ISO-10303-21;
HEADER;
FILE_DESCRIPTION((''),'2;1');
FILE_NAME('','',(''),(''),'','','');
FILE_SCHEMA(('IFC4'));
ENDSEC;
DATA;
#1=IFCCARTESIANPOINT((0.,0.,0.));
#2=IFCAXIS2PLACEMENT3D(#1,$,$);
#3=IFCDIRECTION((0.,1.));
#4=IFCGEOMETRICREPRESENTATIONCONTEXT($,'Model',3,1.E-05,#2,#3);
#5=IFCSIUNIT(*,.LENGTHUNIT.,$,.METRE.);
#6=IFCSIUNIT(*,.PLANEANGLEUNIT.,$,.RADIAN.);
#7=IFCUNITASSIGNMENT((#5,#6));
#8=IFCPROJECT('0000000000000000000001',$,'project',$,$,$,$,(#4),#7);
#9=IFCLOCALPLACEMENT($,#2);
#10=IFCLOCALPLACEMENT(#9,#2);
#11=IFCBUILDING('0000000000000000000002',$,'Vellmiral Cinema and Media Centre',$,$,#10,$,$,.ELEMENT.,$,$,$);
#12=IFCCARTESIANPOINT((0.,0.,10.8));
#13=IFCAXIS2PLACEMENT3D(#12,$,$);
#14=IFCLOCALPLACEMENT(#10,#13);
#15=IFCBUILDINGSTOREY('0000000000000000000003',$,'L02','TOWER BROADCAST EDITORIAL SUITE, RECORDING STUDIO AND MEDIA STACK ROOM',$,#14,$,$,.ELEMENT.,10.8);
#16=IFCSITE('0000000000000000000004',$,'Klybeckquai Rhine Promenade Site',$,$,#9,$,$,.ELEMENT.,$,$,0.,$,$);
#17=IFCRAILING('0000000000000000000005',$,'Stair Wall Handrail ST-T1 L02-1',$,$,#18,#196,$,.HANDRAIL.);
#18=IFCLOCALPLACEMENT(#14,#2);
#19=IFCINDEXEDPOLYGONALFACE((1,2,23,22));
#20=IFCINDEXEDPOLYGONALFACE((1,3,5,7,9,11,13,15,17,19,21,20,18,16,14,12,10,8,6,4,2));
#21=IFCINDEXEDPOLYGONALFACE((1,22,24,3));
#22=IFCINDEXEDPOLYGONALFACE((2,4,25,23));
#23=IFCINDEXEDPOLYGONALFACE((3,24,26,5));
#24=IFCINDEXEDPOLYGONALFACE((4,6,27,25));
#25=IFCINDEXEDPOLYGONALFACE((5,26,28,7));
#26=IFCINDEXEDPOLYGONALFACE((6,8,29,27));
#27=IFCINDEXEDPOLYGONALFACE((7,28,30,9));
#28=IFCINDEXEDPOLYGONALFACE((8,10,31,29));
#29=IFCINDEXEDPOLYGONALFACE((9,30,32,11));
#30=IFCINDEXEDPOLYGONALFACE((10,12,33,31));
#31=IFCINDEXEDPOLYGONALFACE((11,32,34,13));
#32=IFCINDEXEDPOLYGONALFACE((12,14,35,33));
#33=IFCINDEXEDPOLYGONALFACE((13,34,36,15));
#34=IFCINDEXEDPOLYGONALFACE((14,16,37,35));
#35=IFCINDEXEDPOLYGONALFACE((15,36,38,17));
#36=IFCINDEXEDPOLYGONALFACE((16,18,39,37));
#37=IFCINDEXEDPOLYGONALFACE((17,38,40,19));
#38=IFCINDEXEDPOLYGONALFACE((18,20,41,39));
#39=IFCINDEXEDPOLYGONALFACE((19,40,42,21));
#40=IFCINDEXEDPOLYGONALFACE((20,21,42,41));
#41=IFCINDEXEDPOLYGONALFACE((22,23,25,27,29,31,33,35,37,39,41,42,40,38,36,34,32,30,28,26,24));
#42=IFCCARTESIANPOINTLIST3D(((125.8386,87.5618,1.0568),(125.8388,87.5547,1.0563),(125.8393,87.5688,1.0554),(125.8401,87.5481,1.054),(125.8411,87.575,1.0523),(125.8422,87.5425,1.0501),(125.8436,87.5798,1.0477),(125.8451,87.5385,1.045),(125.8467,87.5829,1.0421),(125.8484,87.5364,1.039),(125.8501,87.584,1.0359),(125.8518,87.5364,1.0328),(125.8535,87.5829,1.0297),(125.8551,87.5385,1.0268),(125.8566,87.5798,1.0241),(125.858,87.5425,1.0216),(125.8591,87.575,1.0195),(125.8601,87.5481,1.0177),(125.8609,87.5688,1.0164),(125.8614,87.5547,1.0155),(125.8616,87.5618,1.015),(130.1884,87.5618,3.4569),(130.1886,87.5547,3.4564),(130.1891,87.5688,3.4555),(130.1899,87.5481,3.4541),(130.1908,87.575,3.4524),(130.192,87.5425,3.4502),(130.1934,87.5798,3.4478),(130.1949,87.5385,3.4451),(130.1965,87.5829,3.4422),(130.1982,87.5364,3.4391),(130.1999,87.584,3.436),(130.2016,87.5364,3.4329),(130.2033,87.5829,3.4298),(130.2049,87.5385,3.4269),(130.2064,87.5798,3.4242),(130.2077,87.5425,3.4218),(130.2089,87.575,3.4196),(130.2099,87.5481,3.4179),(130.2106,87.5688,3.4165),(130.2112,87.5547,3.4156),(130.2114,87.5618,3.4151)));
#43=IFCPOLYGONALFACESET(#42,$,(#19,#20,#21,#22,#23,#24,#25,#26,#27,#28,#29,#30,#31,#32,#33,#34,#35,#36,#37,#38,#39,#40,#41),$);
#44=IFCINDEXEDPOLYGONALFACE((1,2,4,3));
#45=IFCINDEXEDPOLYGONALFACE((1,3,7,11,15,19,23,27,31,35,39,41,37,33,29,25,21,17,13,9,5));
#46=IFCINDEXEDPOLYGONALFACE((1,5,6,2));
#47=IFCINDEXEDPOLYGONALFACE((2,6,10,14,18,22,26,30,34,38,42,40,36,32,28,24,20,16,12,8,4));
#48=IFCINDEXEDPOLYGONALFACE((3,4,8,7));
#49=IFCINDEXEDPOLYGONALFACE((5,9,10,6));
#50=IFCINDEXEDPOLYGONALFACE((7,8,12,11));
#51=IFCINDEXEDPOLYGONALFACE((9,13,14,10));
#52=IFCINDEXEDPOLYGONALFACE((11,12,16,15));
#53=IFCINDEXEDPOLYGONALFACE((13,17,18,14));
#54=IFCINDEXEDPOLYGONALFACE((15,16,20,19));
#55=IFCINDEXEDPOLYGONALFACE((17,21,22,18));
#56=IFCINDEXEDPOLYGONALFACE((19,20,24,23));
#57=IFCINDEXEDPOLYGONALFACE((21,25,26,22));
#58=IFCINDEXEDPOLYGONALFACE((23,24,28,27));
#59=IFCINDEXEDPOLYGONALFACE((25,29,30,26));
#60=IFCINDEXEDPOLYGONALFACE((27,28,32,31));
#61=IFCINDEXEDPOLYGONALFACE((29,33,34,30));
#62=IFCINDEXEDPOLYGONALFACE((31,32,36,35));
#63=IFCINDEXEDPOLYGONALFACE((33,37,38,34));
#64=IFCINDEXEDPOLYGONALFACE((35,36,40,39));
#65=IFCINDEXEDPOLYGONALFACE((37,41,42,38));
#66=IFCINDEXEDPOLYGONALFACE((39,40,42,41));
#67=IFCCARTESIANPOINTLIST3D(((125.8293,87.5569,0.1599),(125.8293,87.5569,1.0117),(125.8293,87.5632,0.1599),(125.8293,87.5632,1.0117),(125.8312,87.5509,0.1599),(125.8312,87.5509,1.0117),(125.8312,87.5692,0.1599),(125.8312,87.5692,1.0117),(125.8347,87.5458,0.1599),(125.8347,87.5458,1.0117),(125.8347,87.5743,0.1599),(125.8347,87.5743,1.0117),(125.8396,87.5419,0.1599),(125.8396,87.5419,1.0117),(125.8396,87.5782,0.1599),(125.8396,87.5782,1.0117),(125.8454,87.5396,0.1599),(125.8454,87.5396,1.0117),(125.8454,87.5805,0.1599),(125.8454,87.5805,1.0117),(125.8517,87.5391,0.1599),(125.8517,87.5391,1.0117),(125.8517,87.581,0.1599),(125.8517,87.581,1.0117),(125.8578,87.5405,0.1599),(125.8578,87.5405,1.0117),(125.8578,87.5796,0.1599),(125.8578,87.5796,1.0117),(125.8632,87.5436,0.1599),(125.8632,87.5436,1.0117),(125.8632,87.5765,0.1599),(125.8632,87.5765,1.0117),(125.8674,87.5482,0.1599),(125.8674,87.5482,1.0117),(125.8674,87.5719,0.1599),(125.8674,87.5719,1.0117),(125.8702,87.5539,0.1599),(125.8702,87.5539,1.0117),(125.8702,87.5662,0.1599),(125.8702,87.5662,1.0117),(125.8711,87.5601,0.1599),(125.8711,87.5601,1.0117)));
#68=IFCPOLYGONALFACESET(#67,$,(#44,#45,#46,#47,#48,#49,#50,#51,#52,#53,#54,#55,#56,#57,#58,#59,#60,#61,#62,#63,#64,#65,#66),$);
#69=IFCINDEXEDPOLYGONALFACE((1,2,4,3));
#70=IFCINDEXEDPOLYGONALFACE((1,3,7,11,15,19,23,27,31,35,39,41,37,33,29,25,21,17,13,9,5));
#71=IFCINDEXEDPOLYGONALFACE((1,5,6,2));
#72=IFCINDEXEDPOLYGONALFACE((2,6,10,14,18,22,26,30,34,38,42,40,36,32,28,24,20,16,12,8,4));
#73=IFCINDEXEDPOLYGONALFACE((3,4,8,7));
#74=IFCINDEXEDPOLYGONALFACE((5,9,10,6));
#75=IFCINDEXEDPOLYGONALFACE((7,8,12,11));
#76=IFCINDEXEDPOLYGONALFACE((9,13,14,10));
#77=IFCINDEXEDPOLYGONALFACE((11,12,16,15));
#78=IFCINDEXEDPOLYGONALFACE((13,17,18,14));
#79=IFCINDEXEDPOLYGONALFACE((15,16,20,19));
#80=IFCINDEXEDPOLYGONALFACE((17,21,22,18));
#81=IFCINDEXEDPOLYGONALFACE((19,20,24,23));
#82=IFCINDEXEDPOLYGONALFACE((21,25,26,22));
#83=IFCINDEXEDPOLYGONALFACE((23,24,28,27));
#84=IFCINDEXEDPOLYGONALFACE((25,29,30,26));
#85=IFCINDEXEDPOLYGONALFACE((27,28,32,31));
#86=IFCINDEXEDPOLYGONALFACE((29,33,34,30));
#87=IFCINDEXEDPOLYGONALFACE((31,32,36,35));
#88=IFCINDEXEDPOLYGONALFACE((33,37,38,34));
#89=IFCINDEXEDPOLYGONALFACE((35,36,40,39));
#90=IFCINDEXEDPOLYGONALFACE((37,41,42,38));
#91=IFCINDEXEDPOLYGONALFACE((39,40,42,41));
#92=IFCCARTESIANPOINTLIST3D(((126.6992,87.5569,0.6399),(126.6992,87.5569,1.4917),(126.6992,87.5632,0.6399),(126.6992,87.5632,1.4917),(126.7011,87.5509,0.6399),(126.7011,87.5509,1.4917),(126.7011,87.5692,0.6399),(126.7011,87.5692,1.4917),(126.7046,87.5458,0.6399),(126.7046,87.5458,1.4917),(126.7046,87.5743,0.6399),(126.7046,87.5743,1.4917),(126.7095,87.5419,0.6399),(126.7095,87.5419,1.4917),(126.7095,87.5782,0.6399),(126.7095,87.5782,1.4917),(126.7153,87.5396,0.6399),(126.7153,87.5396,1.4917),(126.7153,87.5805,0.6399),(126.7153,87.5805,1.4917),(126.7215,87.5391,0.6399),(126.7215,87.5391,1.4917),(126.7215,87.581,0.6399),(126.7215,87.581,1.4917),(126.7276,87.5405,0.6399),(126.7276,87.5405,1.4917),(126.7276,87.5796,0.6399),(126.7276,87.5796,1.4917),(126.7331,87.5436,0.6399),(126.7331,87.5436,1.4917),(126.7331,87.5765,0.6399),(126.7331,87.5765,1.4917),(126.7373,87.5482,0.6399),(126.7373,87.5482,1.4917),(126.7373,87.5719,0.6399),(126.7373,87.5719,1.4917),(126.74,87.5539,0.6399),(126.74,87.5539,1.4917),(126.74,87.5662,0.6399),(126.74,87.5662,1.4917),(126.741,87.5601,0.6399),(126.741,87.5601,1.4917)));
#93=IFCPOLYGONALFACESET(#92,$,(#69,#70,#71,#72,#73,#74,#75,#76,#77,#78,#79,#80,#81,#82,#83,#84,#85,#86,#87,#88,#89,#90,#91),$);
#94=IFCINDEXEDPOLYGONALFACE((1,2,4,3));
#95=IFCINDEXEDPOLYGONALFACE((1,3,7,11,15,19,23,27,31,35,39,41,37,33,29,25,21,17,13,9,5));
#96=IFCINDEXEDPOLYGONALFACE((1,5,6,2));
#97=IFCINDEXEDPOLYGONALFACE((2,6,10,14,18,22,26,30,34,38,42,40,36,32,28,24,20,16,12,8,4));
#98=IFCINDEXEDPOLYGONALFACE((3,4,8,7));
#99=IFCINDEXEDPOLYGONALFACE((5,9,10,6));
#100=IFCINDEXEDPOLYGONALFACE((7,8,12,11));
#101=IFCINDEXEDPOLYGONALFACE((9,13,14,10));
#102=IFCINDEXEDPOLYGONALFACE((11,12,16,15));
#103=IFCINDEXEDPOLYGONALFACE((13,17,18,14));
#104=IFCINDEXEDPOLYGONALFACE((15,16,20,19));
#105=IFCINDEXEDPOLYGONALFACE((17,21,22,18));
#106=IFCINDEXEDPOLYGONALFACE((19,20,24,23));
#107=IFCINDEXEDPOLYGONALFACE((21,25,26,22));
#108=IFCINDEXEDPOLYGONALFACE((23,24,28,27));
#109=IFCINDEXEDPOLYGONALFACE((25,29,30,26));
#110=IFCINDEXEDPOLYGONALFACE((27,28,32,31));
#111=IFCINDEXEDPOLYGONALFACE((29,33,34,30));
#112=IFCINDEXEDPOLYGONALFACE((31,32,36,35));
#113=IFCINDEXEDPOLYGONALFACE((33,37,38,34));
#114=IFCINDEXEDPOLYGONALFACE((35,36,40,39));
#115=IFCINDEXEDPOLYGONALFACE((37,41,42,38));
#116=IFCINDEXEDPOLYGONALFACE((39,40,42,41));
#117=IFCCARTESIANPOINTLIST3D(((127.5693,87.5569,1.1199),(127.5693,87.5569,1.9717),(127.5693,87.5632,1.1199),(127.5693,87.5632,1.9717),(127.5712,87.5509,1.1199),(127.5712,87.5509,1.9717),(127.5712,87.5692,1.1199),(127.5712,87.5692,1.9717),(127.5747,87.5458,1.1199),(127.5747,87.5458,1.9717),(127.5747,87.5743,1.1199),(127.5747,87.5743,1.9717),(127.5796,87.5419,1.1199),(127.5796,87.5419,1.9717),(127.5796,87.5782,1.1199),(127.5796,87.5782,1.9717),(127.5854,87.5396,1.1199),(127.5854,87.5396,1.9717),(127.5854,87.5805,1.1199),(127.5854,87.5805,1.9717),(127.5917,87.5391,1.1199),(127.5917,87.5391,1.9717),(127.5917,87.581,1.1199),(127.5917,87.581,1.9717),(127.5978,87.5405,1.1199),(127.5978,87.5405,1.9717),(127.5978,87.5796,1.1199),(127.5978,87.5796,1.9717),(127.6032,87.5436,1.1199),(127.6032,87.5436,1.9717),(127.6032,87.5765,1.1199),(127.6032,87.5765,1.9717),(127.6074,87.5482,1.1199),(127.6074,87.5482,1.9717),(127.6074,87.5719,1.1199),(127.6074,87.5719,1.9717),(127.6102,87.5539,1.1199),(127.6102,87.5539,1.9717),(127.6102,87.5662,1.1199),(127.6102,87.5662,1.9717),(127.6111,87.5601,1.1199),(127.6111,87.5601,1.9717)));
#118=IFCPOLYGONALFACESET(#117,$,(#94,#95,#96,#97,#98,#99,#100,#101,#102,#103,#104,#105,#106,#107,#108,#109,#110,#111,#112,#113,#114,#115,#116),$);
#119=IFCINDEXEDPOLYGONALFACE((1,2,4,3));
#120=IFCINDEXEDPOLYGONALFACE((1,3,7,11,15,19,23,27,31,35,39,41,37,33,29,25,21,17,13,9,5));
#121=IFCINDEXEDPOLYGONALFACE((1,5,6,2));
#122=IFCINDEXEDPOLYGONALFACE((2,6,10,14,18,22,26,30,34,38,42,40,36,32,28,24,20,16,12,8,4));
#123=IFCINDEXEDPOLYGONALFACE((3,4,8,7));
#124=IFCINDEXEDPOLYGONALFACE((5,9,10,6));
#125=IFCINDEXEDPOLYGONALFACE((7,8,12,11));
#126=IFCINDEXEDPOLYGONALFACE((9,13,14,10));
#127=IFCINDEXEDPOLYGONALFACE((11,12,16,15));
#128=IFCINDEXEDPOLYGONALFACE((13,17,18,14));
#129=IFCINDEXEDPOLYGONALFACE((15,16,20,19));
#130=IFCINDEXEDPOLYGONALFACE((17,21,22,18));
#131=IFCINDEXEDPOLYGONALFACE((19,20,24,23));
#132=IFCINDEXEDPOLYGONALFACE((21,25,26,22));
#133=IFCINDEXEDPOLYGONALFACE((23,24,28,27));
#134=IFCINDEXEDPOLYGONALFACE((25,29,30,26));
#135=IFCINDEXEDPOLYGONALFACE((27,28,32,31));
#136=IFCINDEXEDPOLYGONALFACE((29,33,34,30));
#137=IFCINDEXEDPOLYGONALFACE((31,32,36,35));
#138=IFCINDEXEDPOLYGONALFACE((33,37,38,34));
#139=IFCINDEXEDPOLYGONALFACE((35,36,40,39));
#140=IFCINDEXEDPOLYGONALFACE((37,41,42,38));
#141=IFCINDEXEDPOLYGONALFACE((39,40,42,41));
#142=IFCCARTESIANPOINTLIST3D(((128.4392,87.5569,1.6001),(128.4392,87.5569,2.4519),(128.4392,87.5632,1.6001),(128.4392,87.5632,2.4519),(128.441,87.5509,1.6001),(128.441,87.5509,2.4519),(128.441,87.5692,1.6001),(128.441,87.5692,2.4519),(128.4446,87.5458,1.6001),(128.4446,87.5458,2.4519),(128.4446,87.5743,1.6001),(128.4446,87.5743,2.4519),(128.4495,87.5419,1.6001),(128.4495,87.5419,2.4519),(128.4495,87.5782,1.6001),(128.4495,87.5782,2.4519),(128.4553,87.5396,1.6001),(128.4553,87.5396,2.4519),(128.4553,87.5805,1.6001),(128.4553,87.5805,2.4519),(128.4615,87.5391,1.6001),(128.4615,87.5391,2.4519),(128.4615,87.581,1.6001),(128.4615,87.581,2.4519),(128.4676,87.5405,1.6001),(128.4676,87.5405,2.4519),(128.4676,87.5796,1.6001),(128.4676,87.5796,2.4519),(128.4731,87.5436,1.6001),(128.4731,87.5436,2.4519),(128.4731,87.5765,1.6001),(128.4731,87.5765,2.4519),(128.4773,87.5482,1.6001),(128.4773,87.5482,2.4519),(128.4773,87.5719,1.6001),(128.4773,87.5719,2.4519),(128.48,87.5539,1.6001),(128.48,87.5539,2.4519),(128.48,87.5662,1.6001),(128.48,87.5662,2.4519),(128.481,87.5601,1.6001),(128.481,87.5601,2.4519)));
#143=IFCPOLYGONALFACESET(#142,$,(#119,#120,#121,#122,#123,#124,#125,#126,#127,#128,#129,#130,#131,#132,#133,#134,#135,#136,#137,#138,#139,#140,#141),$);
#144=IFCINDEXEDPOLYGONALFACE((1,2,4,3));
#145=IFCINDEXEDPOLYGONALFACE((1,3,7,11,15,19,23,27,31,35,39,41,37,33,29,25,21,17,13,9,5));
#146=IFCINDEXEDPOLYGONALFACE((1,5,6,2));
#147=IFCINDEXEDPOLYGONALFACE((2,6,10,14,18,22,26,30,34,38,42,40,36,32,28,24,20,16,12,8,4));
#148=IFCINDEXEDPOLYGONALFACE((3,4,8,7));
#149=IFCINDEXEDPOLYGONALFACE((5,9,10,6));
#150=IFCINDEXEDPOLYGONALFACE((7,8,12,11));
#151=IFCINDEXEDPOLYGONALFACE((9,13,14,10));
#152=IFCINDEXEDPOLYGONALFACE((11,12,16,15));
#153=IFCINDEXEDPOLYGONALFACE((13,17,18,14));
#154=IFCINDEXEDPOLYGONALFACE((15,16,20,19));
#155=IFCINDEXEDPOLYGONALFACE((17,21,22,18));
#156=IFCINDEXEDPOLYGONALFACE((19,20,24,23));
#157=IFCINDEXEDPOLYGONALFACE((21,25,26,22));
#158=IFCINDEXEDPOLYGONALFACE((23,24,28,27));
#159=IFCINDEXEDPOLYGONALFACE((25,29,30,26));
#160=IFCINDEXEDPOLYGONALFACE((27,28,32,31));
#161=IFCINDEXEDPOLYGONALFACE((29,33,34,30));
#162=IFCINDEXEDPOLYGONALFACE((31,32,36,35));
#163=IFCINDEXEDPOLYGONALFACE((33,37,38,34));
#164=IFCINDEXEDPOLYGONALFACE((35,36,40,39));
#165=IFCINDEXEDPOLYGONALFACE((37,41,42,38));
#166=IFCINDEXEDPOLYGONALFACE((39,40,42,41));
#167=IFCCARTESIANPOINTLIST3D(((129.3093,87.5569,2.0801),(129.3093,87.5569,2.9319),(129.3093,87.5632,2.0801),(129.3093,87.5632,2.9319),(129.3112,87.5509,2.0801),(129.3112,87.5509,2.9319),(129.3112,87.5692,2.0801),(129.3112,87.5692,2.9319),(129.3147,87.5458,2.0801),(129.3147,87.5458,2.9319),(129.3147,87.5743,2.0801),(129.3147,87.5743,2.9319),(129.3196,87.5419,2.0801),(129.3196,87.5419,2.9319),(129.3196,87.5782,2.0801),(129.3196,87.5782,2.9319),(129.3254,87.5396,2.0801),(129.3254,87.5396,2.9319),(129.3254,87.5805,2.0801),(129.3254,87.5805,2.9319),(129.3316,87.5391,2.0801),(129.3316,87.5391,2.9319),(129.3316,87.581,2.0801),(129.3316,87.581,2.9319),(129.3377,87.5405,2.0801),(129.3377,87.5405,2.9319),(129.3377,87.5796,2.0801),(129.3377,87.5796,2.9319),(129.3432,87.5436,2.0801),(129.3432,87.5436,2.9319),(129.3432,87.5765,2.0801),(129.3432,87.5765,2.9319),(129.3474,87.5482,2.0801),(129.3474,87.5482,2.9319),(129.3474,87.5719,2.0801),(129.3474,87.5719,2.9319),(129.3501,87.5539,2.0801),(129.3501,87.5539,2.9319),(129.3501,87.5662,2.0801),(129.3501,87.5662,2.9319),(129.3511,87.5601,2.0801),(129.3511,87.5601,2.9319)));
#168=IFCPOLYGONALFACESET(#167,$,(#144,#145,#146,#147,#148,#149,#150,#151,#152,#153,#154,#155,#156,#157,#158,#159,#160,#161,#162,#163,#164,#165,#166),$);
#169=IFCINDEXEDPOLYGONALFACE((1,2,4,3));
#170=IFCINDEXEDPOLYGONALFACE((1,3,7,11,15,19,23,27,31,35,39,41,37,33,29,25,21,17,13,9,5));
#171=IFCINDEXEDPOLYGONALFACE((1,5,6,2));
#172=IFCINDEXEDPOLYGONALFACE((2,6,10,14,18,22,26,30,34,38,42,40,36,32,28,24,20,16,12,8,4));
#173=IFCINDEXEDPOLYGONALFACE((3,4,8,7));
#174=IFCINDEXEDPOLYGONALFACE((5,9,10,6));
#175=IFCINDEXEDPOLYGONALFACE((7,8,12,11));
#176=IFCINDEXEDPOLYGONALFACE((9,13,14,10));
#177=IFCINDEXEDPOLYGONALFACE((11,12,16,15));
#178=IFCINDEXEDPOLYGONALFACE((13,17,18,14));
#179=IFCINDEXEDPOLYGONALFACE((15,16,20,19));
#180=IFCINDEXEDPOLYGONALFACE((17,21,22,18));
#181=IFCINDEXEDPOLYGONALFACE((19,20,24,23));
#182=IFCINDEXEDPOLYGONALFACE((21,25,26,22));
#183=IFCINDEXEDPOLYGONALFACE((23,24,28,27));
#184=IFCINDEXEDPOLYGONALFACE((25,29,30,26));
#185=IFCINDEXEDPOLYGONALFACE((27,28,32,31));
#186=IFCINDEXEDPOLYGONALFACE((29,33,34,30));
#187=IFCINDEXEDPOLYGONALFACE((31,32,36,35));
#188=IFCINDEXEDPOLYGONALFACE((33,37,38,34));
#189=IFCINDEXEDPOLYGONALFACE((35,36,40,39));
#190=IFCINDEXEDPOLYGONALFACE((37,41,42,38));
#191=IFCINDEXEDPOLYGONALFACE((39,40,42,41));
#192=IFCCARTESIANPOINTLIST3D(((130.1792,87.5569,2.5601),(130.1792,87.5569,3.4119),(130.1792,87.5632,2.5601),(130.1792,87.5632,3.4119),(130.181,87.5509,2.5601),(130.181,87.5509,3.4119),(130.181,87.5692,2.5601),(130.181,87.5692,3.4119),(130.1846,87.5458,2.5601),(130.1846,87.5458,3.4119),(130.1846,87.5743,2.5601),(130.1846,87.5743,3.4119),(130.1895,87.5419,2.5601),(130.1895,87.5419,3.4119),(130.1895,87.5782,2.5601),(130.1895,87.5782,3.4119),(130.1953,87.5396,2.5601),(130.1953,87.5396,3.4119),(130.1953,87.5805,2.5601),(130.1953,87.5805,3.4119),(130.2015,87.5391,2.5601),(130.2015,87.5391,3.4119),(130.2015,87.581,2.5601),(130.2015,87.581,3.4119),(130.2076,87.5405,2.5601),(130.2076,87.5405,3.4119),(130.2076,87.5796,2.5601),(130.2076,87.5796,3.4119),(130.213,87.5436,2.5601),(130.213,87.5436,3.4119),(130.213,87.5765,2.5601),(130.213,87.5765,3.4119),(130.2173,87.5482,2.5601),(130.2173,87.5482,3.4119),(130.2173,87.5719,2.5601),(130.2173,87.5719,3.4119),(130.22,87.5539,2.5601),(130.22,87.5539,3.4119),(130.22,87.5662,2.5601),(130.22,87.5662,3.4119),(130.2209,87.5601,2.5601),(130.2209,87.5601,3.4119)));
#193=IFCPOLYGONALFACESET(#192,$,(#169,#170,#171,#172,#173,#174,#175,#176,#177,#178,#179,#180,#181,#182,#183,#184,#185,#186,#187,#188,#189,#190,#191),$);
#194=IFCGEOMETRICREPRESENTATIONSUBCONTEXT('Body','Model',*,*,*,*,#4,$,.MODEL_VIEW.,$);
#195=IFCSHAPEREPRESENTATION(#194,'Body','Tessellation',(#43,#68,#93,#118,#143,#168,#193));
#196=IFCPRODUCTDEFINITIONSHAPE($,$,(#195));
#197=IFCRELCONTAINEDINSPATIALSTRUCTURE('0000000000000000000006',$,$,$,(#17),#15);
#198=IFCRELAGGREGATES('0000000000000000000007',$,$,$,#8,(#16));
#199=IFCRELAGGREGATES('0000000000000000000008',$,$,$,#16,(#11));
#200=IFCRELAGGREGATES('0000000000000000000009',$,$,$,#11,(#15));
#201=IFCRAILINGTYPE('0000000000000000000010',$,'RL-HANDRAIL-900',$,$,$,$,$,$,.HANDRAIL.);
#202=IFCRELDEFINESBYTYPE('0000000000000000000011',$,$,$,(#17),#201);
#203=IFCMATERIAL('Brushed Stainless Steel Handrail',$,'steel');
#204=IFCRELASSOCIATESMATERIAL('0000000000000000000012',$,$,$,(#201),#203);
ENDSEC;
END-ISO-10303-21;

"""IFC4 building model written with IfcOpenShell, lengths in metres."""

from ifc_helpers import new_model, si_unit, direction, frame, origin, origin_2d, place, context, subcontext, project, spatial, circle, extrude, material, type_object, element, save


model = new_model("IFC4")

# Units and contexts
model_context = context("Model", 3, precision=1e-05, world=origin(), true_north=direction((0.0, 1.0)))
body_context = subcontext(model_context, "Body", "Model", "MODEL_VIEW")
ifc_project = project(units=[si_unit("LENGTHUNIT", "METRE"), si_unit("PLANEANGLEUNIT", "RADIAN")], contexts=[model_context])

# Site, building, storey
site_placement = place(None, origin())
site = spatial("IfcSite", under=ifc_project, at=site_placement, Name="Klybeckquai Rhine Promenade Site", CompositionType="ELEMENT", RefElevation=0.0)
building_placement = place(site_placement, origin())
building = spatial("IfcBuilding", under=site, at=building_placement, Name="Vellmiral Cinema and Media Centre", CompositionType="ELEMENT")
storey_placement = place(building_placement, frame((0.0, 0.0, 10.8)))
storey = spatial("IfcBuildingStorey", under=building, at=storey_placement, Name="L02", Description="TOWER BROADCAST EDITORIAL SUITE, RECORDING STUDIO AND MEDIA STACK ROOM", CompositionType="ELEMENT", Elevation=10.8)

# Railing
ifc_material_1 = material(Name="Brushed Stainless Steel Handrail", Category="steel")
railing_type_1 = type_object("IfcRailingType", Name="RL-HANDRAIL-900", PredefinedType="HANDRAIL", material=ifc_material_1)
railing_1_placement = place(storey_placement, frame((125.8501, 87.5601, 0.1599)))
element("IfcRailing", 1, at=railing_1_placement, inside=storey, type_object=railing_type_1, Name="Stair Wall Handrail ST-T1 L02-1", PredefinedType="HANDRAIL", context=body_context, shape_type="SweptSolid", body=[
    extrude(circle(Radius=0.0239, at=origin_2d()), frame((0.0, 0.0, 0.876), z_axis=(0.875558, 0.0, 0.483112), x_axis=(0.0, 1.0, 0.0)), (0.0, 0.0, 1.0), 4.968),
    extrude(circle(Radius=0.021, at=origin_2d()), origin(), (0.0, 0.0, 1.0), 0.8518),
    extrude(circle(Radius=0.021, at=origin_2d()), frame((0.8699, 0.0, 0.48)), (0.0, 0.0, 1.0), 0.8518),
    extrude(circle(Radius=0.021, at=origin_2d()), frame((1.74, 0.0, 0.96)), (0.0, 0.0, 1.0), 0.8518),
    extrude(circle(Radius=0.021, at=origin_2d()), frame((2.6099, 0.0, 1.4402)), (0.0, 0.0, 1.0), 0.8518),
    extrude(circle(Radius=0.021, at=origin_2d()), frame((3.48, 0.0, 1.9202)), (0.0, 0.0, 1.0), 0.8518),
    extrude(circle(Radius=0.021, at=origin_2d()), frame((4.3499, 0.0, 2.4001)), (0.0, 0.0, 1.0), 0.8518),
])

save(model, "model.ifc")
